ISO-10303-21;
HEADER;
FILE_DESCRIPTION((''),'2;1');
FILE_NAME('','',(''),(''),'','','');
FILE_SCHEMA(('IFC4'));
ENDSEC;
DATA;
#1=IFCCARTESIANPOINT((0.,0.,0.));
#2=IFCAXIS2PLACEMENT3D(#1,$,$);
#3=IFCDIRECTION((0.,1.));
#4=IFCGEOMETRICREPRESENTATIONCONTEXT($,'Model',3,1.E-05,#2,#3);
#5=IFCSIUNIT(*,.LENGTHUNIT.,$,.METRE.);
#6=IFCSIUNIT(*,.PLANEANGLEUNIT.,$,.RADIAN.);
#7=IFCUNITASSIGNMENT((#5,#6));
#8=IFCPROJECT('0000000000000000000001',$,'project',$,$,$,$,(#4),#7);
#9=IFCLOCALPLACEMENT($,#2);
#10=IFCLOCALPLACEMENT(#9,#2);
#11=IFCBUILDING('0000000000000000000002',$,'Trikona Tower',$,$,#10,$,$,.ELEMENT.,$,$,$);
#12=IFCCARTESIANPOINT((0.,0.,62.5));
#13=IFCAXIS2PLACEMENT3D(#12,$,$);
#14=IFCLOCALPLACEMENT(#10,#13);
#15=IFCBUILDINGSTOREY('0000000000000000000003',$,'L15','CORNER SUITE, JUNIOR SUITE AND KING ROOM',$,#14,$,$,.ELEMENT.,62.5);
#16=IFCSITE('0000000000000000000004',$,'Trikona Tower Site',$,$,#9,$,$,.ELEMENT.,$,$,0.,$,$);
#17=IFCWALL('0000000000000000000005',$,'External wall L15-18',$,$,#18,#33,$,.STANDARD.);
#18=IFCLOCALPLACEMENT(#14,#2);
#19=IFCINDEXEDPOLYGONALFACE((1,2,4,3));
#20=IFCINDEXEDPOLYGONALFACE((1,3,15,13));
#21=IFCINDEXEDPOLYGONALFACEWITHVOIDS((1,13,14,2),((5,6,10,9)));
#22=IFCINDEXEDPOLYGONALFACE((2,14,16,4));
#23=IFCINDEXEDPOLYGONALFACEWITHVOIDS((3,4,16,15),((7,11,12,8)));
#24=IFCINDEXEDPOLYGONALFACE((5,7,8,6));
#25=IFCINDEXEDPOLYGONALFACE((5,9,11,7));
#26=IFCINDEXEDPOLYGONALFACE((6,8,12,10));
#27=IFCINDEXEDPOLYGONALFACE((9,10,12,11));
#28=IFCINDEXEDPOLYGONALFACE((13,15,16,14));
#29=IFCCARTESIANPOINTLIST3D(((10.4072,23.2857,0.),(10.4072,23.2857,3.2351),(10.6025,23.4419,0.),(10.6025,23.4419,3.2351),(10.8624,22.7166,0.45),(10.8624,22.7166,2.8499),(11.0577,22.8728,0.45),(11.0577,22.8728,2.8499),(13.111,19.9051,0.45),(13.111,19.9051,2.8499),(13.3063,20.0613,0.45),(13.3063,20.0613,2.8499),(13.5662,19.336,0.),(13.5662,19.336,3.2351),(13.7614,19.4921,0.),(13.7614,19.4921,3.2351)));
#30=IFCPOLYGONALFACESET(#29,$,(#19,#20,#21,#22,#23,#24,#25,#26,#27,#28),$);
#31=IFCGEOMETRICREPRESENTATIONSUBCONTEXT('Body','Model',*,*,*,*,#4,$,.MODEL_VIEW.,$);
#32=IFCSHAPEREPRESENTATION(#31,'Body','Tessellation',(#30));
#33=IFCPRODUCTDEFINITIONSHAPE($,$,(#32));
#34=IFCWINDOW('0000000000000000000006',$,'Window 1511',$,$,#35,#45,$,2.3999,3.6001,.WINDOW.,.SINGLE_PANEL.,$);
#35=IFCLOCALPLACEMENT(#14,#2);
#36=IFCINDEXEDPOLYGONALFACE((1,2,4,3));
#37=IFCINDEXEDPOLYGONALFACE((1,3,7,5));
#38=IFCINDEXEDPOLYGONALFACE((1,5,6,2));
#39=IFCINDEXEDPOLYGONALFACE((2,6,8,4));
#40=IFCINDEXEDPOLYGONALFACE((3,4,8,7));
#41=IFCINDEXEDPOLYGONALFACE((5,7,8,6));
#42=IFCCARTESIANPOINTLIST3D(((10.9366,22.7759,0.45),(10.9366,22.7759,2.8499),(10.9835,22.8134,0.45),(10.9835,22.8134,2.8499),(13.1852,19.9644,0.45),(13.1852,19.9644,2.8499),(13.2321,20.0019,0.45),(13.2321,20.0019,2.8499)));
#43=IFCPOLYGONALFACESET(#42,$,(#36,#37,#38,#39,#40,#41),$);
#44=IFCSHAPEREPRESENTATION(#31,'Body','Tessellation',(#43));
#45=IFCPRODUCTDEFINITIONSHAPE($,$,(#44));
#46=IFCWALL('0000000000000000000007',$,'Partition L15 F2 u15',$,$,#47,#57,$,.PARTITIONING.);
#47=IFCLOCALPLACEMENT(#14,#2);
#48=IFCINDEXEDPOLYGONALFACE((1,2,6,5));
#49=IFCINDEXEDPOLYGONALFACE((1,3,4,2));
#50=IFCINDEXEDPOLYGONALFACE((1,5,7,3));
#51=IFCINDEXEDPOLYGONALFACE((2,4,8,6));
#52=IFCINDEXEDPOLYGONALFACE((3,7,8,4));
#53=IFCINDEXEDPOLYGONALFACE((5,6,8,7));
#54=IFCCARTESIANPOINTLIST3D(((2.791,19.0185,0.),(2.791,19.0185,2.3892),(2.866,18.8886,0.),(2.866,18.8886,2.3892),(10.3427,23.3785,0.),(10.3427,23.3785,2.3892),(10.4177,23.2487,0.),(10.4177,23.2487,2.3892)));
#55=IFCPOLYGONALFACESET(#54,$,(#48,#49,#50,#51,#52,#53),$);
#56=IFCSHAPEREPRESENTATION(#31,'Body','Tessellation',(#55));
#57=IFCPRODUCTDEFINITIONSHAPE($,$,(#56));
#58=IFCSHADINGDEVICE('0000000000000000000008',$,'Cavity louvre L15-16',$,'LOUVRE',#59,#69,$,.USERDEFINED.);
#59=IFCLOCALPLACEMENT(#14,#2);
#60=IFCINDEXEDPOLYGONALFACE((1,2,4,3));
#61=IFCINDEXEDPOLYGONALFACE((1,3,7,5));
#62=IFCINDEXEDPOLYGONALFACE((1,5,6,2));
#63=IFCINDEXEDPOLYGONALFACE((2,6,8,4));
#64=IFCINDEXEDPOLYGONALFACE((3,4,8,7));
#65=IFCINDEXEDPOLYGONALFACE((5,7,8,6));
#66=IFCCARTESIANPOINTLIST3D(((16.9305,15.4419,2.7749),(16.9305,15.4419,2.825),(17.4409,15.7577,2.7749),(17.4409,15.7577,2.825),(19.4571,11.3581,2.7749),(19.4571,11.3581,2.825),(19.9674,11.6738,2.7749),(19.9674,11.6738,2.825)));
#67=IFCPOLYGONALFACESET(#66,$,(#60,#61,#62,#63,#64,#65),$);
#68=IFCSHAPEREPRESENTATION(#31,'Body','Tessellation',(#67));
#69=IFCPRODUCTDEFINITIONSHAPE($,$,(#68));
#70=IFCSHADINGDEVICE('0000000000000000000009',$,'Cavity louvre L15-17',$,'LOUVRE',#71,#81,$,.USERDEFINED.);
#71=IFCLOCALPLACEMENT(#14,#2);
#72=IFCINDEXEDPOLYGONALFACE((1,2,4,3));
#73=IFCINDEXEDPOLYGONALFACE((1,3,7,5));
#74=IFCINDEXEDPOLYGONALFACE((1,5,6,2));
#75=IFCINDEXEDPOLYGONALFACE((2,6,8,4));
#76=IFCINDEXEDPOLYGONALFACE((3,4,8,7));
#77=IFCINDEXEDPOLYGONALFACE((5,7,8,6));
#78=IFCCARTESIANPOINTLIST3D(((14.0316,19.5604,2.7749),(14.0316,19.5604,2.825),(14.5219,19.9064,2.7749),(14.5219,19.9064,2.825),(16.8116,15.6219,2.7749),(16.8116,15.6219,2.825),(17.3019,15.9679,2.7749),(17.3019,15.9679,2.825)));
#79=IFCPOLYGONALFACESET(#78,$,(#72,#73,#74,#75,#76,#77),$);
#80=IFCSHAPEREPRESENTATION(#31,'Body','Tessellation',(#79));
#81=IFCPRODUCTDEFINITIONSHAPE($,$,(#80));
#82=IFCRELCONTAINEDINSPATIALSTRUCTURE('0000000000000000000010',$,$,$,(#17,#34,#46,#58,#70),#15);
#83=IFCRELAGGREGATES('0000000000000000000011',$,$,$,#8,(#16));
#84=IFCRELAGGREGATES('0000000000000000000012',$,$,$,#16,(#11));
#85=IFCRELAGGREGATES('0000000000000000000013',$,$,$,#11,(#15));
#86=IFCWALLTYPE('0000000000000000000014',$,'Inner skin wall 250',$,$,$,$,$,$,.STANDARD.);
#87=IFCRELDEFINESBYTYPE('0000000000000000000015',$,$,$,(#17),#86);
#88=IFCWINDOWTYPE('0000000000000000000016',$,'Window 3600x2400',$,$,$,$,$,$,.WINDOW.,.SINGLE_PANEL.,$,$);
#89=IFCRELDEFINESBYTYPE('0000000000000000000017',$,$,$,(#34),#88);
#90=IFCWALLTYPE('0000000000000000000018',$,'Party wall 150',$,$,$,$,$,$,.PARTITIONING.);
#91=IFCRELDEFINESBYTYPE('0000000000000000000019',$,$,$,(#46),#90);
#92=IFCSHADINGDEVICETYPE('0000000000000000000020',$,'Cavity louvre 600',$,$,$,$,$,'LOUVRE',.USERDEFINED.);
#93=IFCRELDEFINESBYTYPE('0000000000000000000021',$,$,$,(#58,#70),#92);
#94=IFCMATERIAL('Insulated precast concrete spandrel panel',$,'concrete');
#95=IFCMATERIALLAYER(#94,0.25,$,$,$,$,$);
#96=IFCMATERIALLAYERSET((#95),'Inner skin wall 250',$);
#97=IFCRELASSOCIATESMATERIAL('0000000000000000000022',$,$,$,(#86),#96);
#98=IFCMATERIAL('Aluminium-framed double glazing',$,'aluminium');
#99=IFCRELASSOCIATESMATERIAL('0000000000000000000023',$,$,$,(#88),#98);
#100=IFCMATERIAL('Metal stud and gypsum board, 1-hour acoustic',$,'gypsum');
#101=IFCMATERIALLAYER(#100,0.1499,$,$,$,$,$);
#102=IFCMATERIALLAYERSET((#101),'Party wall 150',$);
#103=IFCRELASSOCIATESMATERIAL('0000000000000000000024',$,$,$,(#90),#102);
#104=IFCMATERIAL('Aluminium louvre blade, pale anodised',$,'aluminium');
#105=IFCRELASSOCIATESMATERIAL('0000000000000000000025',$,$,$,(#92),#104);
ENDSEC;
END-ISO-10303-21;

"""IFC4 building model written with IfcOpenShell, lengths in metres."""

from ifc_helpers import new_model, si_unit, direction, frame, frame_2d, origin, origin_2d, place, context, subcontext, project, spatial, rectangle, extrude, material, layer, layer_set, type_object, element, fill, save


model = new_model("IFC4")

# Units and contexts
model_context = context("Model", 3, precision=1e-05, world=origin(), true_north=direction((0.0, 1.0)))
body_context = subcontext(model_context, "Body", "Model", "MODEL_VIEW")
ifc_project = project(units=[si_unit("LENGTHUNIT", "METRE"), si_unit("PLANEANGLEUNIT", "RADIAN")], contexts=[model_context])

# Site, building, storey
site_placement = place(None, origin())
site = spatial("IfcSite", under=ifc_project, at=site_placement, Name="Trikona Tower Site", CompositionType="ELEMENT", RefElevation=0.0)
building_placement = place(site_placement, origin())
building = spatial("IfcBuilding", under=site, at=building_placement, Name="Trikona Tower", CompositionType="ELEMENT")
storey_placement = place(building_placement, frame((0.0, 0.0, 62.5)))
storey = spatial("IfcBuildingStorey", under=building, at=storey_placement, Name="L15", Description="CORNER SUITE, JUNIOR SUITE AND KING ROOM", CompositionType="ELEMENT", Elevation=62.5)

# Wall, opening, window
ifc_material_1 = material(Name="Insulated precast concrete spandrel panel", Category="concrete")
ifc_layer_1 = layer(ifc_material_1, 0.25)
ifc_layer_set_1 = layer_set([ifc_layer_1], Name="Inner skin wall 250")
wall_type_1 = type_object("IfcWallType", Name="Inner skin wall 250", PredefinedType="STANDARD", material=ifc_layer_set_1)
ifc_material_2 = material(Name="Aluminium-framed double glazing", Category="aluminium")
window_type = type_object("IfcWindowType", Name="Window 3600x2400", PartitioningType="SINGLE_PANEL", PredefinedType="WINDOW", material=ifc_material_2)
wall_1_placement = place(storey_placement, frame((13.6638, 19.4141, 0.0), z_axis=(0.0, 0.0, 1.0), x_axis=(-0.624595, 0.780949, 0.0)))
wall_1 = element("IfcWall", 1, at=wall_1_placement, inside=storey, type_object=wall_type_1, Name="External wall L15-18", PredefinedType="STANDARD", context=body_context, shape_type="SweptSolid", body=[
    extrude(rectangle(XDim=5.0576, YDim=0.25, at=frame_2d((2.5288, 0.0))), origin(), (0.0, 0.0, 1.0), 3.2351),
])
opening_1_placement = place(wall_1_placement, frame((0.7288, 0.0, 0.45)))
opening_1 = element("IfcOpeningElement", 2, at=opening_1_placement, cuts=wall_1, PredefinedType="OPENING", context=body_context, shape_type="SweptSolid", body=[
    extrude(rectangle(XDim=3.6001, YDim=2.3999, at=frame_2d((1.8, 1.2))), frame((0.0, 0.135, 0.0), z_axis=(0.0, -1.0, 0.0), x_axis=(1.0, 0.0, 0.0)), (0.0, 0.0, 1.0), 0.27),
])
window_1_placement = place(opening_1_placement, origin())
window_1 = element("IfcWindow", 3, at=window_1_placement, inside=storey, type_object=window_type, Name="Window 1511", OverallHeight=2.3999, OverallWidth=3.6001, PartitioningType="SINGLE_PANEL", PredefinedType="WINDOW", context=body_context, shape_type="SweptSolid", body=[
    extrude(rectangle(XDim=3.6001, YDim=2.3999, at=frame_2d((1.8, 1.2))), frame((0.0, 0.03, 0.0), z_axis=(0.0, -1.0, 0.0), x_axis=(1.0, 0.0, 0.0)), (0.0, 0.0, 1.0), 0.0601),
])
fill(opening_1, window_1)

# Wall
ifc_material_3 = material(Name="Metal stud and gypsum board, 1-hour acoustic", Category="gypsum")
ifc_layer_2 = layer(ifc_material_3, 0.1499)
ifc_layer_set_2 = layer_set([ifc_layer_2], Name="Party wall 150")
wall_type_2 = type_object("IfcWallType", Name="Party wall 150", PredefinedType="PARTITIONING", material=ifc_layer_set_2)
wall_2_placement = place(storey_placement, frame((2.8286, 18.9536, 0.0), z_axis=(0.0, 0.0, 1.0), x_axis=(0.866021, 0.500008, 0.0)))
element("IfcWall", 4, at=wall_2_placement, inside=storey, type_object=wall_type_2, Name="Partition L15 F2 u15", PredefinedType="PARTITIONING", context=body_context, shape_type="SweptSolid", body=[
    extrude(rectangle(XDim=8.72, YDim=0.1499, at=frame_2d((4.3599, 0.0))), origin(), (0.0, 0.0, 1.0), 2.3892),
])

# Shading devices
ifc_material_4 = material(Name="Aluminium louvre blade, pale anodised", Category="aluminium")
shading_device_type = type_object("IfcShadingDeviceType", Name="Cavity louvre 600", ElementType="LOUVRE", PredefinedType="USERDEFINED", material=ifc_material_4)
shading_device_1_placement = place(storey_placement, frame((18.449, 13.5579, 2.7749), z_axis=(0.0, 0.0, 1.0), x_axis=(-0.526119, 0.850411, 0.0)))
element("IfcShadingDevice", 5, at=shading_device_1_placement, inside=storey, type_object=shading_device_type, Name="Cavity louvre L15-16", ObjectType="LOUVRE", PredefinedType="USERDEFINED", context=body_context, shape_type="SweptSolid", body=[
    extrude(rectangle(XDim=4.8022, YDim=0.6001, at=origin_2d()), origin(), (0.0, 0.0, 1.0), 0.05),
])
shading_device_2_placement = place(storey_placement, frame((15.6667, 17.7642, 2.7749), z_axis=(0.0, 0.0, 1.0), x_axis=(-0.576662, 0.816983, 0.0)))
element("IfcShadingDevice", 6, at=shading_device_2_placement, inside=storey, type_object=shading_device_type, Name="Cavity louvre L15-17", ObjectType="LOUVRE", PredefinedType="USERDEFINED", context=body_context, shape_type="SweptSolid", body=[
    extrude(rectangle(XDim=4.8208, YDim=0.6001, at=origin_2d()), origin(), (0.0, 0.0, 1.0), 0.05),
])

save(model, "model.ifc")
